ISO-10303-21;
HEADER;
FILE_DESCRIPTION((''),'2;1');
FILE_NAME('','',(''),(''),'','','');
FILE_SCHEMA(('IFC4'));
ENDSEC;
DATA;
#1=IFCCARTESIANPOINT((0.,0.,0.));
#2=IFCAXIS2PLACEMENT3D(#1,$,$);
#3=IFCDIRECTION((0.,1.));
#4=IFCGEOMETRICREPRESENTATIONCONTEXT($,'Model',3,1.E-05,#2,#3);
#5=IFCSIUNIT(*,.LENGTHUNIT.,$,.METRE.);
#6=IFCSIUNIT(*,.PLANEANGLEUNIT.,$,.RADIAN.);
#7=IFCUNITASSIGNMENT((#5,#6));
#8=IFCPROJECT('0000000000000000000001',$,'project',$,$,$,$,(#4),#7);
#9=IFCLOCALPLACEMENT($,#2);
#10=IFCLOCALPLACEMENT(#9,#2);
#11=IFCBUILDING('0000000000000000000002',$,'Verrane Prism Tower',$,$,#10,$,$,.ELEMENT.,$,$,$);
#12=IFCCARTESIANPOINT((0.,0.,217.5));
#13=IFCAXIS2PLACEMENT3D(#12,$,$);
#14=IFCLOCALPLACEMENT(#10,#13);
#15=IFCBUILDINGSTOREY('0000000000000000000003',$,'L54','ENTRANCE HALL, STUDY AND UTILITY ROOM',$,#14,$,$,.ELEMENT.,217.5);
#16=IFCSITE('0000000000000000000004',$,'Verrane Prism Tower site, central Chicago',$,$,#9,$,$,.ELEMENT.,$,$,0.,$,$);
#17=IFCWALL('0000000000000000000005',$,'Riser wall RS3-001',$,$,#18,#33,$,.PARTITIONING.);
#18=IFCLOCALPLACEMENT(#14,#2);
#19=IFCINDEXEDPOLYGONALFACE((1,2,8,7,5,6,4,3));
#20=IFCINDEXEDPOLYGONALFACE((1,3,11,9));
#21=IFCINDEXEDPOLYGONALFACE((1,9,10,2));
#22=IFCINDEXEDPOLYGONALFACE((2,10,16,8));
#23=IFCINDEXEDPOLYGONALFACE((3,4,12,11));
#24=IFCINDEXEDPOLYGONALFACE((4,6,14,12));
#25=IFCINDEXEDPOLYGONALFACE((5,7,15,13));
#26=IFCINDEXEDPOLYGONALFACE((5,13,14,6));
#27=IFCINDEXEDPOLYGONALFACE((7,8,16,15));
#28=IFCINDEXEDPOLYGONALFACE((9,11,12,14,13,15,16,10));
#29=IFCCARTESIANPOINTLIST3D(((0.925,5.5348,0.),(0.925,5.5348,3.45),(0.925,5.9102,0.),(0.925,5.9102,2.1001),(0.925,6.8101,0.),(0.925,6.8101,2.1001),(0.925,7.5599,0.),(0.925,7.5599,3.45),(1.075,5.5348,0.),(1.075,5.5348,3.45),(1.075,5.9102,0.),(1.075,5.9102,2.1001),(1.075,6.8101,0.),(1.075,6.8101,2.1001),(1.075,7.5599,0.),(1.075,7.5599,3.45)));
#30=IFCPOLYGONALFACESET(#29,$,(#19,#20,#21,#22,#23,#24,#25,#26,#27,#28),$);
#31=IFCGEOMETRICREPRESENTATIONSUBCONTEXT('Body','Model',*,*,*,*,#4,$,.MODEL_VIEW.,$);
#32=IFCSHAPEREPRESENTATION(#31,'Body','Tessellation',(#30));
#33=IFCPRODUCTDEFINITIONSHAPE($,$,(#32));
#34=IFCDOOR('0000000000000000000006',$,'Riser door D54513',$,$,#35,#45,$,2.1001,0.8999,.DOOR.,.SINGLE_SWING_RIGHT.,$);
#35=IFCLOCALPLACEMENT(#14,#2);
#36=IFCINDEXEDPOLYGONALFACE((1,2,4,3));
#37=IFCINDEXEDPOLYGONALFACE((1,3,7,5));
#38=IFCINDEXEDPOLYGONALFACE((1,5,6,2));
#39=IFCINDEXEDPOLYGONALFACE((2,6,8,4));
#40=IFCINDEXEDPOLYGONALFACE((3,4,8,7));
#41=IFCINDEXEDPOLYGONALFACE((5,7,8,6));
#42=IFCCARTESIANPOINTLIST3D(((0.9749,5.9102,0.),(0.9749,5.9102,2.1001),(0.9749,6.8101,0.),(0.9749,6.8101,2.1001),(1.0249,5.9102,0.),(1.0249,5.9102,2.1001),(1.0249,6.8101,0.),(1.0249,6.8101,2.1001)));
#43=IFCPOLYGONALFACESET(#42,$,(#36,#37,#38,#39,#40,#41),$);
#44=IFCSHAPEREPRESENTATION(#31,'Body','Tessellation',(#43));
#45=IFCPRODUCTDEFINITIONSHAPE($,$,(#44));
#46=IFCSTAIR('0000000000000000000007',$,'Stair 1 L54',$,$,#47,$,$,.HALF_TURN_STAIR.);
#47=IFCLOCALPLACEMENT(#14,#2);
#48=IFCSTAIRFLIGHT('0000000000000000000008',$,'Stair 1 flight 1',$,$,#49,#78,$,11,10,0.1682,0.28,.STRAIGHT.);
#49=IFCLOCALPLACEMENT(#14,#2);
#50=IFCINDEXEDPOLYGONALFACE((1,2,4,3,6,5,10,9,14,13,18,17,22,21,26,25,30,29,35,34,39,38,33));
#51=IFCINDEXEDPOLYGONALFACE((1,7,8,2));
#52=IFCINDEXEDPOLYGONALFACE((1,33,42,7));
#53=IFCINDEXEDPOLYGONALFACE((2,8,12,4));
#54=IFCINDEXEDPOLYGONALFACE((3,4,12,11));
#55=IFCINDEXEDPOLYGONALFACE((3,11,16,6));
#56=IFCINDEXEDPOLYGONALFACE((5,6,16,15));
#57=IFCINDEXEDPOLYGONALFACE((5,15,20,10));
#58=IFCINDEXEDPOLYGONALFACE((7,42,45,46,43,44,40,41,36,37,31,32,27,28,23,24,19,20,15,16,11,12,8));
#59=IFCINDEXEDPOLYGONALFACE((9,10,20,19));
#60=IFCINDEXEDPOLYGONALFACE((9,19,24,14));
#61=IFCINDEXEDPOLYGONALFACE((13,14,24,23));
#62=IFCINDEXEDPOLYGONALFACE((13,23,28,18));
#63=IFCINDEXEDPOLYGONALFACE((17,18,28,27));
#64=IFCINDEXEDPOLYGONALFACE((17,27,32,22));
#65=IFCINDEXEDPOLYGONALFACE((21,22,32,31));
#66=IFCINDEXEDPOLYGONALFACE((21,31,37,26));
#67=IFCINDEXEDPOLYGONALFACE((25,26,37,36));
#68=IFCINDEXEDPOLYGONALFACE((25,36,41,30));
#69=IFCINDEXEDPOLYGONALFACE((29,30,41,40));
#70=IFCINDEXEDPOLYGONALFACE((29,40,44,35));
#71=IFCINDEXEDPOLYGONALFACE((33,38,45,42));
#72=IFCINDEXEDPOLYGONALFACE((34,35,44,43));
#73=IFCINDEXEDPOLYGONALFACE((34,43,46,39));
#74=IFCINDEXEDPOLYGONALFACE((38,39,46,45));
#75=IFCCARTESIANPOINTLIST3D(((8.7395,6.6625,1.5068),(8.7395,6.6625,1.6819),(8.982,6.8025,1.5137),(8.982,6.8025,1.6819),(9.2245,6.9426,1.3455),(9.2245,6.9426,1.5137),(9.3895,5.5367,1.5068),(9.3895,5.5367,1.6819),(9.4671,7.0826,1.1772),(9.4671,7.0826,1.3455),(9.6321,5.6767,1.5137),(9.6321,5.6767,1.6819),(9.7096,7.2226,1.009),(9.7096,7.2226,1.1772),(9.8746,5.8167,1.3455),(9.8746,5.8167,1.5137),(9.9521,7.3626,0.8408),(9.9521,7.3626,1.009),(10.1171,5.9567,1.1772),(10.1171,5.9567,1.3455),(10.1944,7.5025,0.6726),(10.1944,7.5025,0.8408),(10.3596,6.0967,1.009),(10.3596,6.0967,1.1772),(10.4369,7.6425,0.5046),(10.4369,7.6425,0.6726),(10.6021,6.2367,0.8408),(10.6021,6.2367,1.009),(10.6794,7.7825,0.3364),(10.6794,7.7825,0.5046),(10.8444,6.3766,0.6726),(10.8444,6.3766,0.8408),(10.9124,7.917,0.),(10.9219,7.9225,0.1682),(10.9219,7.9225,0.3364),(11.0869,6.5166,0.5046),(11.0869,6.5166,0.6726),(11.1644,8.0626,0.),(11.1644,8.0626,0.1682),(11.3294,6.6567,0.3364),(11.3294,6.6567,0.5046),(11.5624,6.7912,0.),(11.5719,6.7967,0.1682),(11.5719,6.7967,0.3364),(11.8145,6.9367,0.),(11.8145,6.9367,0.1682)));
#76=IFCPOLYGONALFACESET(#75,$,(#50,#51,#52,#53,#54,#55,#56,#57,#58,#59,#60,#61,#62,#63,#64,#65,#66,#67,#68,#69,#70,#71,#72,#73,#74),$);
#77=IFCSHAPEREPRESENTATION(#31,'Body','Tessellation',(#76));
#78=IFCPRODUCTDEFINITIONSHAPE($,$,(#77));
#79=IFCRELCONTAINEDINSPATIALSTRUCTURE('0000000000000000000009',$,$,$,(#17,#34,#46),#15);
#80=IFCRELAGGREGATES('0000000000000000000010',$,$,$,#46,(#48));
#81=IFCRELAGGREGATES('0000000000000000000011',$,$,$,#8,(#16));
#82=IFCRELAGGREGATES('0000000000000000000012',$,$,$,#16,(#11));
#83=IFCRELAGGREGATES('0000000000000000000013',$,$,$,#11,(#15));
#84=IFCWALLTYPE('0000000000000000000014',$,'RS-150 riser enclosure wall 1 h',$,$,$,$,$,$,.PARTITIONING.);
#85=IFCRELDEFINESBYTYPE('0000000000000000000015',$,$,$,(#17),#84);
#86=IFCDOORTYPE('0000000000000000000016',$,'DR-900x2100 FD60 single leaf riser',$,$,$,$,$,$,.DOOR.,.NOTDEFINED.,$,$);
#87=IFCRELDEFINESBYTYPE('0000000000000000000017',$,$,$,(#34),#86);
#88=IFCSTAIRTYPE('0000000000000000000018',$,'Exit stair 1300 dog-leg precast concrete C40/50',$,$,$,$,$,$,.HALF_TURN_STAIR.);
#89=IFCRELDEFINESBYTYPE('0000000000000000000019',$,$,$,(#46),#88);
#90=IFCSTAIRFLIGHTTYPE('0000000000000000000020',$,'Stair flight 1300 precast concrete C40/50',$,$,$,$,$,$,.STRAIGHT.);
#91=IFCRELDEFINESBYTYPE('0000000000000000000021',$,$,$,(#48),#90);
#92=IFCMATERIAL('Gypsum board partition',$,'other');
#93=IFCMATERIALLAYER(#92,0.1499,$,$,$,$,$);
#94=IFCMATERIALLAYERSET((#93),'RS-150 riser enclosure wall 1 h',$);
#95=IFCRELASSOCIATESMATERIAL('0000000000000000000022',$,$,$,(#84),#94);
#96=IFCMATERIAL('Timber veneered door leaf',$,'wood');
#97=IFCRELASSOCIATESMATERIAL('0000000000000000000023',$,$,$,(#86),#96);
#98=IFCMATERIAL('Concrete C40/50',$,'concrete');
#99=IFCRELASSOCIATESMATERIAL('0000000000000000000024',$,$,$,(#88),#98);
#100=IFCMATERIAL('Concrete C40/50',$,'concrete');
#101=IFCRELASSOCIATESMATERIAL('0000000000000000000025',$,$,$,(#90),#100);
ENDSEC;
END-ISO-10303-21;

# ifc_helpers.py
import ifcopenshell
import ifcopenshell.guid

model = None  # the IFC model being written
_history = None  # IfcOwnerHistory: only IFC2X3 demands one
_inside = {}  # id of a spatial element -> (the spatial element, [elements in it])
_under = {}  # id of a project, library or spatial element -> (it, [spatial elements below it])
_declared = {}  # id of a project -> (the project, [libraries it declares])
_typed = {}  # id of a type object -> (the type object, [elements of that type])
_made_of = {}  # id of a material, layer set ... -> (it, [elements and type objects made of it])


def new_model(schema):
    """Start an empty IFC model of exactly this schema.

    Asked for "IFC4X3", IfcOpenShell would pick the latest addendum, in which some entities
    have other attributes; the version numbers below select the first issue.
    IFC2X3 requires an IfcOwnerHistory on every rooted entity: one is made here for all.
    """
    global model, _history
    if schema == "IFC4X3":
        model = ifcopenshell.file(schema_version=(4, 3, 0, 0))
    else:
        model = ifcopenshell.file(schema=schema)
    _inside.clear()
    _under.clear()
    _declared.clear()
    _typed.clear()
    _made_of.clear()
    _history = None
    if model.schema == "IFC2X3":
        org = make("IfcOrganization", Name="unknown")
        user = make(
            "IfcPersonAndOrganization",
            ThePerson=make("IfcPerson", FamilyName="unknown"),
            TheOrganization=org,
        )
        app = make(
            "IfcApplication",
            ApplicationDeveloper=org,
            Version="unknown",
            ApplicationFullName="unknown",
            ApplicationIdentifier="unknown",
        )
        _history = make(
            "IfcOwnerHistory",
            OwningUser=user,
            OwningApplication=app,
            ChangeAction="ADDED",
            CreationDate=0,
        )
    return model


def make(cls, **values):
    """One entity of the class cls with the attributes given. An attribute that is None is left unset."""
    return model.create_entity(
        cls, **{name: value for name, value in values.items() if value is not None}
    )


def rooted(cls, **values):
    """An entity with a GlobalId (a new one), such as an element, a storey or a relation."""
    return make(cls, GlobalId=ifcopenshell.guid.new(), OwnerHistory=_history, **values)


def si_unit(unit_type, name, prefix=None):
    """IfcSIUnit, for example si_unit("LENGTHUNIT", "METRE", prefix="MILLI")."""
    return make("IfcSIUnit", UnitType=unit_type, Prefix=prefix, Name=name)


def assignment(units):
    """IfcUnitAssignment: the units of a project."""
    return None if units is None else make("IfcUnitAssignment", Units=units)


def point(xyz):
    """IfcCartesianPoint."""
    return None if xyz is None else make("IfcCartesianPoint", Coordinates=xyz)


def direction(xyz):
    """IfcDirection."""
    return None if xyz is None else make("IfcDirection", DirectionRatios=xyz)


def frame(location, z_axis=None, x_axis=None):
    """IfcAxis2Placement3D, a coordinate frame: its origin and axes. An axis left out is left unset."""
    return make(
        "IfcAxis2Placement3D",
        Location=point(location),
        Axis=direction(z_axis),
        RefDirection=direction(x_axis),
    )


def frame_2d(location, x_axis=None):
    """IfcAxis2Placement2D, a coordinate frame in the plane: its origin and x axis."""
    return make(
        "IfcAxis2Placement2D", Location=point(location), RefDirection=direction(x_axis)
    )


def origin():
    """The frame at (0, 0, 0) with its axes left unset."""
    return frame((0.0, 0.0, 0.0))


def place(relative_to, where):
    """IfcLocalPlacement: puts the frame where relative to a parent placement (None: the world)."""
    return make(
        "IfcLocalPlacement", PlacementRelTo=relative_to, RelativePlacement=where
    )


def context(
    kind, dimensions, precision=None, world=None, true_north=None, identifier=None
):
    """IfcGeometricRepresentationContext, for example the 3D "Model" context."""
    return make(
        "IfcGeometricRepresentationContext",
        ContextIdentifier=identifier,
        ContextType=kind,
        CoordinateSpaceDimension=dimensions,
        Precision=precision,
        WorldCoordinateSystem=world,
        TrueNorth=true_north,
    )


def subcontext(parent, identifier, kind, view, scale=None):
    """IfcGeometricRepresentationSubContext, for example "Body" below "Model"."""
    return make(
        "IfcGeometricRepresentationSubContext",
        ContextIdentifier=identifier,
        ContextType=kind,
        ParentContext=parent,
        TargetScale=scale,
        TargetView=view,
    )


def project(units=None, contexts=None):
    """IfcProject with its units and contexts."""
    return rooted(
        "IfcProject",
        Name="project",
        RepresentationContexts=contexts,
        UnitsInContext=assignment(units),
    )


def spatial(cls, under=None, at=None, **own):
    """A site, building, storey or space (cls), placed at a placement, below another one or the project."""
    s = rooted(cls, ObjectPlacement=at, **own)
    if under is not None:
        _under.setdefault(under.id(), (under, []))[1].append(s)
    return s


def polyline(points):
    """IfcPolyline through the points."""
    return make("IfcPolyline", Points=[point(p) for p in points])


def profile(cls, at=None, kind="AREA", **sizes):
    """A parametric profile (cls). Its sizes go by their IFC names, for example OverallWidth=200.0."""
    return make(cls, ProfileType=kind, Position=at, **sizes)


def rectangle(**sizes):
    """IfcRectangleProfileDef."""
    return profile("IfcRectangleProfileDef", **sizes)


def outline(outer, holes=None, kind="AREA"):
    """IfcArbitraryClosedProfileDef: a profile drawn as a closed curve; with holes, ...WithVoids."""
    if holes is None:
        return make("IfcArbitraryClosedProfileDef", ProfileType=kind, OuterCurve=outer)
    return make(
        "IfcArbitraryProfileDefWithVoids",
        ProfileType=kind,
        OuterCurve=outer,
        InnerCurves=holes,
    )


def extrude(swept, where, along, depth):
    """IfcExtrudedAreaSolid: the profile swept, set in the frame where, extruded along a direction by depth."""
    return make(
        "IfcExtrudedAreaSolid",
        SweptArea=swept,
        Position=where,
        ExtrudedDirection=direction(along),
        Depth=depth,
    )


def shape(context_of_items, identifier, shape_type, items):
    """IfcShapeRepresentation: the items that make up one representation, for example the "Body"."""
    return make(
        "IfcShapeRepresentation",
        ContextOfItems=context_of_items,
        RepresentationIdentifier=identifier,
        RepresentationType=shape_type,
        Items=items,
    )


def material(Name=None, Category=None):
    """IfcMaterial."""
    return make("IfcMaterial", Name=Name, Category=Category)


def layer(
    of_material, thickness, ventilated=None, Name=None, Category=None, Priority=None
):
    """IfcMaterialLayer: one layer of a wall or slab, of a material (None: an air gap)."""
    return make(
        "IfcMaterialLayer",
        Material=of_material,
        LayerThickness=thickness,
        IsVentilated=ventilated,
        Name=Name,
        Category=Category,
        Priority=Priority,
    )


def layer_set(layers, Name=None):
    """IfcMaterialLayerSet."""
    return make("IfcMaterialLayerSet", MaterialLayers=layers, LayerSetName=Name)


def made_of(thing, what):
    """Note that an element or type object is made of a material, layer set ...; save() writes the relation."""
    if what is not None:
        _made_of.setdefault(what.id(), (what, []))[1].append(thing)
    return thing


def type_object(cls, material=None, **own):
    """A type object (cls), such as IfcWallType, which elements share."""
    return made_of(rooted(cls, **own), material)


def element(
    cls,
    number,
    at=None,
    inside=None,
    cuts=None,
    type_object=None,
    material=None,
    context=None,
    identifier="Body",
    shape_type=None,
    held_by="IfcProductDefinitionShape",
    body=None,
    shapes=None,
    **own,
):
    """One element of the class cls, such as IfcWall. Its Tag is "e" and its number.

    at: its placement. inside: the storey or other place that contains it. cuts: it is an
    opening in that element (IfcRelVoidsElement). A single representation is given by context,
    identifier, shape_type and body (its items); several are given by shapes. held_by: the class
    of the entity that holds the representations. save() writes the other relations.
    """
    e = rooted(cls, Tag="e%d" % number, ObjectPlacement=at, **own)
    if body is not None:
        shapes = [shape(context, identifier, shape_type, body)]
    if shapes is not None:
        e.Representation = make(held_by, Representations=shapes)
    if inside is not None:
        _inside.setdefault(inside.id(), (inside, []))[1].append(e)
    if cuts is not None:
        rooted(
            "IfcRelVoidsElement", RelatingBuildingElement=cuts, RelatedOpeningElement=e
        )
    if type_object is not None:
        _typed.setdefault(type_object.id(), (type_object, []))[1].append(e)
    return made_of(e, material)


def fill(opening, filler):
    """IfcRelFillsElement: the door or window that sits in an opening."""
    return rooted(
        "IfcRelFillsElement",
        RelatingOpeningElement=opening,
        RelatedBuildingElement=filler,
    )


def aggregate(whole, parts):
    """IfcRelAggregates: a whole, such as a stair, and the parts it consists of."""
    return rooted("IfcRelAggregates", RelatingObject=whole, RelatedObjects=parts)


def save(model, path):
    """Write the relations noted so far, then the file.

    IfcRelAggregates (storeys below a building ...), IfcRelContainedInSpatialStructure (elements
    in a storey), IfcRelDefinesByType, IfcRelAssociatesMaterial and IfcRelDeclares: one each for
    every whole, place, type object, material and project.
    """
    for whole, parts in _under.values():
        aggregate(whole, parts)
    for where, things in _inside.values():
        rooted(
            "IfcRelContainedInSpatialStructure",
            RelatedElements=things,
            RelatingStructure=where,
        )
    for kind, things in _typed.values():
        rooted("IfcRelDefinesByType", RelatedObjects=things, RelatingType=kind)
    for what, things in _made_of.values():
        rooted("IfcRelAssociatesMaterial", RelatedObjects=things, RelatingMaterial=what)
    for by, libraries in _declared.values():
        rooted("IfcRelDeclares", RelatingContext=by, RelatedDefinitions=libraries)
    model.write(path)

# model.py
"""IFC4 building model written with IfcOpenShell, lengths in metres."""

from ifc_helpers import new_model, si_unit, direction, frame, frame_2d, origin, place, context, subcontext, project, spatial, polyline, rectangle, outline, extrude, material, layer, layer_set, type_object, element, fill, aggregate, save


model = new_model("IFC4")

# Units and contexts
model_context = context("Model", 3, precision=1e-05, world=origin(), true_north=direction((0.0, 1.0)))
body_context = subcontext(model_context, "Body", "Model", "MODEL_VIEW")
ifc_project = project(units=[si_unit("LENGTHUNIT", "METRE"), si_unit("PLANEANGLEUNIT", "RADIAN")], contexts=[model_context])

# Site, building, storey
site_placement = place(None, origin())
site = spatial("IfcSite", under=ifc_project, at=site_placement, Name="Verrane Prism Tower site, central Chicago", CompositionType="ELEMENT", RefElevation=0.0)
building_placement = place(site_placement, origin())
building = spatial("IfcBuilding", under=site, at=building_placement, Name="Verrane Prism Tower", CompositionType="ELEMENT")
storey_placement = place(building_placement, frame((0.0, 0.0, 217.5)))
storey = spatial("IfcBuildingStorey", under=building, at=storey_placement, Name="L54", Description="ENTRANCE HALL, STUDY AND UTILITY ROOM", CompositionType="ELEMENT", Elevation=217.5)

# Wall, opening, door
ifc_material_1 = material(Name="Gypsum board partition", Category="other")
ifc_layer_1 = layer(ifc_material_1, 0.1499)
ifc_layer_set_1 = layer_set([ifc_layer_1], Name="RS-150 riser enclosure wall 1 h")
wall_type_1 = type_object("IfcWallType", Name="RS-150 riser enclosure wall 1 h", PredefinedType="PARTITIONING", material=ifc_layer_set_1)
wall_1_placement = place(storey_placement, frame((1.0, 7.5601, 0.0), z_axis=(0.0, 0.0, 1.0), x_axis=(0.0, -1.0, 0.0)))
wall_1 = element("IfcWall", 1, at=wall_1_placement, inside=storey, type_object=wall_type_1, Name="Riser wall RS3-001", PredefinedType="PARTITIONING", context=body_context, shape_type="SweptSolid", body=[
    extrude(rectangle(XDim=2.0251, YDim=0.1499, at=frame_2d((1.0127, 0.0))), origin(), (0.0, 0.0, 1.0), 3.45),
])
opening_1_placement = place(wall_1_placement, frame((0.75, 0.0, 0.0)))
opening_1 = element("IfcOpeningElement", 2, at=opening_1_placement, cuts=wall_1, PredefinedType="OPENING", context=body_context, shape_type="SweptSolid", body=[
    extrude(rectangle(XDim=0.8999, YDim=2.1001, at=frame_2d((0.45, 1.05))), frame((0.0, 0.085, 0.0), z_axis=(0.0, -1.0, 0.0), x_axis=(1.0, 0.0, 0.0)), (0.0, 0.0, 1.0), 0.1699),
])
ifc_material_2 = material(Name="Timber veneered door leaf", Category="wood")
door_type_1 = type_object("IfcDoorType", Name="DR-900x2100 FD60 single leaf riser", OperationType="NOTDEFINED", PredefinedType="DOOR", material=ifc_material_2)
door_1_placement = place(opening_1_placement, origin())
door_1 = element("IfcDoor", 3, at=door_1_placement, inside=storey, type_object=door_type_1, Name="Riser door D54513", OperationType="SINGLE_SWING_RIGHT", OverallHeight=2.1001, OverallWidth=0.8999, PredefinedType="DOOR", context=body_context, shape_type="SweptSolid", body=[
    extrude(rectangle(XDim=0.8999, YDim=2.1001, at=frame_2d((0.45, 1.05))), frame((0.0, 0.0249, 0.0), z_axis=(0.0, -1.0, 0.0), x_axis=(1.0, 0.0, 0.0)), (0.0, 0.0, 1.0), 0.05),
])
fill(opening_1, door_1)

# Stair, stair flight
ifc_material_3 = material(Name="Concrete C40/50", Category="concrete")
stair_type = type_object("IfcStairType", Name="Exit stair 1300 dog-leg precast concrete C40/50", PredefinedType="HALF_TURN_STAIR", material=ifc_material_3)
stair_placement = place(storey_placement, origin())
stair = element("IfcStair", 4, at=stair_placement, inside=storey, type_object=stair_type, Name="Stair 1 L54", PredefinedType="HALF_TURN_STAIR")
ifc_material_4 = material(Name="Concrete C40/50", Category="concrete")
stair_flight_type = type_object("IfcStairFlightType", Name="Stair flight 1300 precast concrete C40/50", PredefinedType="STRAIGHT", material=ifc_material_4)
stair_flight_placement = place(storey_placement, frame((11.4895, 7.4995, 0.0), z_axis=(0.0, 0.0, 1.0), x_axis=(-0.866025, -0.5, 0.0)))
stair_flight = element("IfcStairFlight", 5, at=stair_flight_placement, type_object=stair_flight_type, Name="Stair 1 flight 1", NumberOfRisers=11, NumberOfTreads=10, PredefinedType="STRAIGHT", RiserHeight=0.1682, TreadLength=0.28, context=body_context, shape_type="SweptSolid", body=[
    extrude(outline(polyline([(0.0, 0.0), (0.0, 0.1682), (0.28, 0.1682), (0.28, 0.3364), (0.5601, 0.3364), (0.5601, 0.5046), (0.8401, 0.5046), (0.8401, 0.6726), (1.1201, 0.6726), (1.1201, 0.8408), (1.3999, 0.8408), (1.3999, 1.009), (1.6799, 1.009), (1.6799, 1.1772), (1.96, 1.1772), (1.96, 1.3455), (2.24, 1.3455), (2.24, 1.5137), (2.52, 1.5137), (2.52, 1.6819), (2.8, 1.6819), (2.8, 1.8501), (2.8, 1.5068), (0.291, 0.0), (0.0, 0.0)])), frame((0.0, 0.6499, 0.0), z_axis=(0.0, -1.0, 0.0), x_axis=(1.0, 0.0, 0.0)), (0.0, 0.0, 1.0), 1.3),
])
aggregate(stair, [stair_flight])

save(model, "model.ifc")
